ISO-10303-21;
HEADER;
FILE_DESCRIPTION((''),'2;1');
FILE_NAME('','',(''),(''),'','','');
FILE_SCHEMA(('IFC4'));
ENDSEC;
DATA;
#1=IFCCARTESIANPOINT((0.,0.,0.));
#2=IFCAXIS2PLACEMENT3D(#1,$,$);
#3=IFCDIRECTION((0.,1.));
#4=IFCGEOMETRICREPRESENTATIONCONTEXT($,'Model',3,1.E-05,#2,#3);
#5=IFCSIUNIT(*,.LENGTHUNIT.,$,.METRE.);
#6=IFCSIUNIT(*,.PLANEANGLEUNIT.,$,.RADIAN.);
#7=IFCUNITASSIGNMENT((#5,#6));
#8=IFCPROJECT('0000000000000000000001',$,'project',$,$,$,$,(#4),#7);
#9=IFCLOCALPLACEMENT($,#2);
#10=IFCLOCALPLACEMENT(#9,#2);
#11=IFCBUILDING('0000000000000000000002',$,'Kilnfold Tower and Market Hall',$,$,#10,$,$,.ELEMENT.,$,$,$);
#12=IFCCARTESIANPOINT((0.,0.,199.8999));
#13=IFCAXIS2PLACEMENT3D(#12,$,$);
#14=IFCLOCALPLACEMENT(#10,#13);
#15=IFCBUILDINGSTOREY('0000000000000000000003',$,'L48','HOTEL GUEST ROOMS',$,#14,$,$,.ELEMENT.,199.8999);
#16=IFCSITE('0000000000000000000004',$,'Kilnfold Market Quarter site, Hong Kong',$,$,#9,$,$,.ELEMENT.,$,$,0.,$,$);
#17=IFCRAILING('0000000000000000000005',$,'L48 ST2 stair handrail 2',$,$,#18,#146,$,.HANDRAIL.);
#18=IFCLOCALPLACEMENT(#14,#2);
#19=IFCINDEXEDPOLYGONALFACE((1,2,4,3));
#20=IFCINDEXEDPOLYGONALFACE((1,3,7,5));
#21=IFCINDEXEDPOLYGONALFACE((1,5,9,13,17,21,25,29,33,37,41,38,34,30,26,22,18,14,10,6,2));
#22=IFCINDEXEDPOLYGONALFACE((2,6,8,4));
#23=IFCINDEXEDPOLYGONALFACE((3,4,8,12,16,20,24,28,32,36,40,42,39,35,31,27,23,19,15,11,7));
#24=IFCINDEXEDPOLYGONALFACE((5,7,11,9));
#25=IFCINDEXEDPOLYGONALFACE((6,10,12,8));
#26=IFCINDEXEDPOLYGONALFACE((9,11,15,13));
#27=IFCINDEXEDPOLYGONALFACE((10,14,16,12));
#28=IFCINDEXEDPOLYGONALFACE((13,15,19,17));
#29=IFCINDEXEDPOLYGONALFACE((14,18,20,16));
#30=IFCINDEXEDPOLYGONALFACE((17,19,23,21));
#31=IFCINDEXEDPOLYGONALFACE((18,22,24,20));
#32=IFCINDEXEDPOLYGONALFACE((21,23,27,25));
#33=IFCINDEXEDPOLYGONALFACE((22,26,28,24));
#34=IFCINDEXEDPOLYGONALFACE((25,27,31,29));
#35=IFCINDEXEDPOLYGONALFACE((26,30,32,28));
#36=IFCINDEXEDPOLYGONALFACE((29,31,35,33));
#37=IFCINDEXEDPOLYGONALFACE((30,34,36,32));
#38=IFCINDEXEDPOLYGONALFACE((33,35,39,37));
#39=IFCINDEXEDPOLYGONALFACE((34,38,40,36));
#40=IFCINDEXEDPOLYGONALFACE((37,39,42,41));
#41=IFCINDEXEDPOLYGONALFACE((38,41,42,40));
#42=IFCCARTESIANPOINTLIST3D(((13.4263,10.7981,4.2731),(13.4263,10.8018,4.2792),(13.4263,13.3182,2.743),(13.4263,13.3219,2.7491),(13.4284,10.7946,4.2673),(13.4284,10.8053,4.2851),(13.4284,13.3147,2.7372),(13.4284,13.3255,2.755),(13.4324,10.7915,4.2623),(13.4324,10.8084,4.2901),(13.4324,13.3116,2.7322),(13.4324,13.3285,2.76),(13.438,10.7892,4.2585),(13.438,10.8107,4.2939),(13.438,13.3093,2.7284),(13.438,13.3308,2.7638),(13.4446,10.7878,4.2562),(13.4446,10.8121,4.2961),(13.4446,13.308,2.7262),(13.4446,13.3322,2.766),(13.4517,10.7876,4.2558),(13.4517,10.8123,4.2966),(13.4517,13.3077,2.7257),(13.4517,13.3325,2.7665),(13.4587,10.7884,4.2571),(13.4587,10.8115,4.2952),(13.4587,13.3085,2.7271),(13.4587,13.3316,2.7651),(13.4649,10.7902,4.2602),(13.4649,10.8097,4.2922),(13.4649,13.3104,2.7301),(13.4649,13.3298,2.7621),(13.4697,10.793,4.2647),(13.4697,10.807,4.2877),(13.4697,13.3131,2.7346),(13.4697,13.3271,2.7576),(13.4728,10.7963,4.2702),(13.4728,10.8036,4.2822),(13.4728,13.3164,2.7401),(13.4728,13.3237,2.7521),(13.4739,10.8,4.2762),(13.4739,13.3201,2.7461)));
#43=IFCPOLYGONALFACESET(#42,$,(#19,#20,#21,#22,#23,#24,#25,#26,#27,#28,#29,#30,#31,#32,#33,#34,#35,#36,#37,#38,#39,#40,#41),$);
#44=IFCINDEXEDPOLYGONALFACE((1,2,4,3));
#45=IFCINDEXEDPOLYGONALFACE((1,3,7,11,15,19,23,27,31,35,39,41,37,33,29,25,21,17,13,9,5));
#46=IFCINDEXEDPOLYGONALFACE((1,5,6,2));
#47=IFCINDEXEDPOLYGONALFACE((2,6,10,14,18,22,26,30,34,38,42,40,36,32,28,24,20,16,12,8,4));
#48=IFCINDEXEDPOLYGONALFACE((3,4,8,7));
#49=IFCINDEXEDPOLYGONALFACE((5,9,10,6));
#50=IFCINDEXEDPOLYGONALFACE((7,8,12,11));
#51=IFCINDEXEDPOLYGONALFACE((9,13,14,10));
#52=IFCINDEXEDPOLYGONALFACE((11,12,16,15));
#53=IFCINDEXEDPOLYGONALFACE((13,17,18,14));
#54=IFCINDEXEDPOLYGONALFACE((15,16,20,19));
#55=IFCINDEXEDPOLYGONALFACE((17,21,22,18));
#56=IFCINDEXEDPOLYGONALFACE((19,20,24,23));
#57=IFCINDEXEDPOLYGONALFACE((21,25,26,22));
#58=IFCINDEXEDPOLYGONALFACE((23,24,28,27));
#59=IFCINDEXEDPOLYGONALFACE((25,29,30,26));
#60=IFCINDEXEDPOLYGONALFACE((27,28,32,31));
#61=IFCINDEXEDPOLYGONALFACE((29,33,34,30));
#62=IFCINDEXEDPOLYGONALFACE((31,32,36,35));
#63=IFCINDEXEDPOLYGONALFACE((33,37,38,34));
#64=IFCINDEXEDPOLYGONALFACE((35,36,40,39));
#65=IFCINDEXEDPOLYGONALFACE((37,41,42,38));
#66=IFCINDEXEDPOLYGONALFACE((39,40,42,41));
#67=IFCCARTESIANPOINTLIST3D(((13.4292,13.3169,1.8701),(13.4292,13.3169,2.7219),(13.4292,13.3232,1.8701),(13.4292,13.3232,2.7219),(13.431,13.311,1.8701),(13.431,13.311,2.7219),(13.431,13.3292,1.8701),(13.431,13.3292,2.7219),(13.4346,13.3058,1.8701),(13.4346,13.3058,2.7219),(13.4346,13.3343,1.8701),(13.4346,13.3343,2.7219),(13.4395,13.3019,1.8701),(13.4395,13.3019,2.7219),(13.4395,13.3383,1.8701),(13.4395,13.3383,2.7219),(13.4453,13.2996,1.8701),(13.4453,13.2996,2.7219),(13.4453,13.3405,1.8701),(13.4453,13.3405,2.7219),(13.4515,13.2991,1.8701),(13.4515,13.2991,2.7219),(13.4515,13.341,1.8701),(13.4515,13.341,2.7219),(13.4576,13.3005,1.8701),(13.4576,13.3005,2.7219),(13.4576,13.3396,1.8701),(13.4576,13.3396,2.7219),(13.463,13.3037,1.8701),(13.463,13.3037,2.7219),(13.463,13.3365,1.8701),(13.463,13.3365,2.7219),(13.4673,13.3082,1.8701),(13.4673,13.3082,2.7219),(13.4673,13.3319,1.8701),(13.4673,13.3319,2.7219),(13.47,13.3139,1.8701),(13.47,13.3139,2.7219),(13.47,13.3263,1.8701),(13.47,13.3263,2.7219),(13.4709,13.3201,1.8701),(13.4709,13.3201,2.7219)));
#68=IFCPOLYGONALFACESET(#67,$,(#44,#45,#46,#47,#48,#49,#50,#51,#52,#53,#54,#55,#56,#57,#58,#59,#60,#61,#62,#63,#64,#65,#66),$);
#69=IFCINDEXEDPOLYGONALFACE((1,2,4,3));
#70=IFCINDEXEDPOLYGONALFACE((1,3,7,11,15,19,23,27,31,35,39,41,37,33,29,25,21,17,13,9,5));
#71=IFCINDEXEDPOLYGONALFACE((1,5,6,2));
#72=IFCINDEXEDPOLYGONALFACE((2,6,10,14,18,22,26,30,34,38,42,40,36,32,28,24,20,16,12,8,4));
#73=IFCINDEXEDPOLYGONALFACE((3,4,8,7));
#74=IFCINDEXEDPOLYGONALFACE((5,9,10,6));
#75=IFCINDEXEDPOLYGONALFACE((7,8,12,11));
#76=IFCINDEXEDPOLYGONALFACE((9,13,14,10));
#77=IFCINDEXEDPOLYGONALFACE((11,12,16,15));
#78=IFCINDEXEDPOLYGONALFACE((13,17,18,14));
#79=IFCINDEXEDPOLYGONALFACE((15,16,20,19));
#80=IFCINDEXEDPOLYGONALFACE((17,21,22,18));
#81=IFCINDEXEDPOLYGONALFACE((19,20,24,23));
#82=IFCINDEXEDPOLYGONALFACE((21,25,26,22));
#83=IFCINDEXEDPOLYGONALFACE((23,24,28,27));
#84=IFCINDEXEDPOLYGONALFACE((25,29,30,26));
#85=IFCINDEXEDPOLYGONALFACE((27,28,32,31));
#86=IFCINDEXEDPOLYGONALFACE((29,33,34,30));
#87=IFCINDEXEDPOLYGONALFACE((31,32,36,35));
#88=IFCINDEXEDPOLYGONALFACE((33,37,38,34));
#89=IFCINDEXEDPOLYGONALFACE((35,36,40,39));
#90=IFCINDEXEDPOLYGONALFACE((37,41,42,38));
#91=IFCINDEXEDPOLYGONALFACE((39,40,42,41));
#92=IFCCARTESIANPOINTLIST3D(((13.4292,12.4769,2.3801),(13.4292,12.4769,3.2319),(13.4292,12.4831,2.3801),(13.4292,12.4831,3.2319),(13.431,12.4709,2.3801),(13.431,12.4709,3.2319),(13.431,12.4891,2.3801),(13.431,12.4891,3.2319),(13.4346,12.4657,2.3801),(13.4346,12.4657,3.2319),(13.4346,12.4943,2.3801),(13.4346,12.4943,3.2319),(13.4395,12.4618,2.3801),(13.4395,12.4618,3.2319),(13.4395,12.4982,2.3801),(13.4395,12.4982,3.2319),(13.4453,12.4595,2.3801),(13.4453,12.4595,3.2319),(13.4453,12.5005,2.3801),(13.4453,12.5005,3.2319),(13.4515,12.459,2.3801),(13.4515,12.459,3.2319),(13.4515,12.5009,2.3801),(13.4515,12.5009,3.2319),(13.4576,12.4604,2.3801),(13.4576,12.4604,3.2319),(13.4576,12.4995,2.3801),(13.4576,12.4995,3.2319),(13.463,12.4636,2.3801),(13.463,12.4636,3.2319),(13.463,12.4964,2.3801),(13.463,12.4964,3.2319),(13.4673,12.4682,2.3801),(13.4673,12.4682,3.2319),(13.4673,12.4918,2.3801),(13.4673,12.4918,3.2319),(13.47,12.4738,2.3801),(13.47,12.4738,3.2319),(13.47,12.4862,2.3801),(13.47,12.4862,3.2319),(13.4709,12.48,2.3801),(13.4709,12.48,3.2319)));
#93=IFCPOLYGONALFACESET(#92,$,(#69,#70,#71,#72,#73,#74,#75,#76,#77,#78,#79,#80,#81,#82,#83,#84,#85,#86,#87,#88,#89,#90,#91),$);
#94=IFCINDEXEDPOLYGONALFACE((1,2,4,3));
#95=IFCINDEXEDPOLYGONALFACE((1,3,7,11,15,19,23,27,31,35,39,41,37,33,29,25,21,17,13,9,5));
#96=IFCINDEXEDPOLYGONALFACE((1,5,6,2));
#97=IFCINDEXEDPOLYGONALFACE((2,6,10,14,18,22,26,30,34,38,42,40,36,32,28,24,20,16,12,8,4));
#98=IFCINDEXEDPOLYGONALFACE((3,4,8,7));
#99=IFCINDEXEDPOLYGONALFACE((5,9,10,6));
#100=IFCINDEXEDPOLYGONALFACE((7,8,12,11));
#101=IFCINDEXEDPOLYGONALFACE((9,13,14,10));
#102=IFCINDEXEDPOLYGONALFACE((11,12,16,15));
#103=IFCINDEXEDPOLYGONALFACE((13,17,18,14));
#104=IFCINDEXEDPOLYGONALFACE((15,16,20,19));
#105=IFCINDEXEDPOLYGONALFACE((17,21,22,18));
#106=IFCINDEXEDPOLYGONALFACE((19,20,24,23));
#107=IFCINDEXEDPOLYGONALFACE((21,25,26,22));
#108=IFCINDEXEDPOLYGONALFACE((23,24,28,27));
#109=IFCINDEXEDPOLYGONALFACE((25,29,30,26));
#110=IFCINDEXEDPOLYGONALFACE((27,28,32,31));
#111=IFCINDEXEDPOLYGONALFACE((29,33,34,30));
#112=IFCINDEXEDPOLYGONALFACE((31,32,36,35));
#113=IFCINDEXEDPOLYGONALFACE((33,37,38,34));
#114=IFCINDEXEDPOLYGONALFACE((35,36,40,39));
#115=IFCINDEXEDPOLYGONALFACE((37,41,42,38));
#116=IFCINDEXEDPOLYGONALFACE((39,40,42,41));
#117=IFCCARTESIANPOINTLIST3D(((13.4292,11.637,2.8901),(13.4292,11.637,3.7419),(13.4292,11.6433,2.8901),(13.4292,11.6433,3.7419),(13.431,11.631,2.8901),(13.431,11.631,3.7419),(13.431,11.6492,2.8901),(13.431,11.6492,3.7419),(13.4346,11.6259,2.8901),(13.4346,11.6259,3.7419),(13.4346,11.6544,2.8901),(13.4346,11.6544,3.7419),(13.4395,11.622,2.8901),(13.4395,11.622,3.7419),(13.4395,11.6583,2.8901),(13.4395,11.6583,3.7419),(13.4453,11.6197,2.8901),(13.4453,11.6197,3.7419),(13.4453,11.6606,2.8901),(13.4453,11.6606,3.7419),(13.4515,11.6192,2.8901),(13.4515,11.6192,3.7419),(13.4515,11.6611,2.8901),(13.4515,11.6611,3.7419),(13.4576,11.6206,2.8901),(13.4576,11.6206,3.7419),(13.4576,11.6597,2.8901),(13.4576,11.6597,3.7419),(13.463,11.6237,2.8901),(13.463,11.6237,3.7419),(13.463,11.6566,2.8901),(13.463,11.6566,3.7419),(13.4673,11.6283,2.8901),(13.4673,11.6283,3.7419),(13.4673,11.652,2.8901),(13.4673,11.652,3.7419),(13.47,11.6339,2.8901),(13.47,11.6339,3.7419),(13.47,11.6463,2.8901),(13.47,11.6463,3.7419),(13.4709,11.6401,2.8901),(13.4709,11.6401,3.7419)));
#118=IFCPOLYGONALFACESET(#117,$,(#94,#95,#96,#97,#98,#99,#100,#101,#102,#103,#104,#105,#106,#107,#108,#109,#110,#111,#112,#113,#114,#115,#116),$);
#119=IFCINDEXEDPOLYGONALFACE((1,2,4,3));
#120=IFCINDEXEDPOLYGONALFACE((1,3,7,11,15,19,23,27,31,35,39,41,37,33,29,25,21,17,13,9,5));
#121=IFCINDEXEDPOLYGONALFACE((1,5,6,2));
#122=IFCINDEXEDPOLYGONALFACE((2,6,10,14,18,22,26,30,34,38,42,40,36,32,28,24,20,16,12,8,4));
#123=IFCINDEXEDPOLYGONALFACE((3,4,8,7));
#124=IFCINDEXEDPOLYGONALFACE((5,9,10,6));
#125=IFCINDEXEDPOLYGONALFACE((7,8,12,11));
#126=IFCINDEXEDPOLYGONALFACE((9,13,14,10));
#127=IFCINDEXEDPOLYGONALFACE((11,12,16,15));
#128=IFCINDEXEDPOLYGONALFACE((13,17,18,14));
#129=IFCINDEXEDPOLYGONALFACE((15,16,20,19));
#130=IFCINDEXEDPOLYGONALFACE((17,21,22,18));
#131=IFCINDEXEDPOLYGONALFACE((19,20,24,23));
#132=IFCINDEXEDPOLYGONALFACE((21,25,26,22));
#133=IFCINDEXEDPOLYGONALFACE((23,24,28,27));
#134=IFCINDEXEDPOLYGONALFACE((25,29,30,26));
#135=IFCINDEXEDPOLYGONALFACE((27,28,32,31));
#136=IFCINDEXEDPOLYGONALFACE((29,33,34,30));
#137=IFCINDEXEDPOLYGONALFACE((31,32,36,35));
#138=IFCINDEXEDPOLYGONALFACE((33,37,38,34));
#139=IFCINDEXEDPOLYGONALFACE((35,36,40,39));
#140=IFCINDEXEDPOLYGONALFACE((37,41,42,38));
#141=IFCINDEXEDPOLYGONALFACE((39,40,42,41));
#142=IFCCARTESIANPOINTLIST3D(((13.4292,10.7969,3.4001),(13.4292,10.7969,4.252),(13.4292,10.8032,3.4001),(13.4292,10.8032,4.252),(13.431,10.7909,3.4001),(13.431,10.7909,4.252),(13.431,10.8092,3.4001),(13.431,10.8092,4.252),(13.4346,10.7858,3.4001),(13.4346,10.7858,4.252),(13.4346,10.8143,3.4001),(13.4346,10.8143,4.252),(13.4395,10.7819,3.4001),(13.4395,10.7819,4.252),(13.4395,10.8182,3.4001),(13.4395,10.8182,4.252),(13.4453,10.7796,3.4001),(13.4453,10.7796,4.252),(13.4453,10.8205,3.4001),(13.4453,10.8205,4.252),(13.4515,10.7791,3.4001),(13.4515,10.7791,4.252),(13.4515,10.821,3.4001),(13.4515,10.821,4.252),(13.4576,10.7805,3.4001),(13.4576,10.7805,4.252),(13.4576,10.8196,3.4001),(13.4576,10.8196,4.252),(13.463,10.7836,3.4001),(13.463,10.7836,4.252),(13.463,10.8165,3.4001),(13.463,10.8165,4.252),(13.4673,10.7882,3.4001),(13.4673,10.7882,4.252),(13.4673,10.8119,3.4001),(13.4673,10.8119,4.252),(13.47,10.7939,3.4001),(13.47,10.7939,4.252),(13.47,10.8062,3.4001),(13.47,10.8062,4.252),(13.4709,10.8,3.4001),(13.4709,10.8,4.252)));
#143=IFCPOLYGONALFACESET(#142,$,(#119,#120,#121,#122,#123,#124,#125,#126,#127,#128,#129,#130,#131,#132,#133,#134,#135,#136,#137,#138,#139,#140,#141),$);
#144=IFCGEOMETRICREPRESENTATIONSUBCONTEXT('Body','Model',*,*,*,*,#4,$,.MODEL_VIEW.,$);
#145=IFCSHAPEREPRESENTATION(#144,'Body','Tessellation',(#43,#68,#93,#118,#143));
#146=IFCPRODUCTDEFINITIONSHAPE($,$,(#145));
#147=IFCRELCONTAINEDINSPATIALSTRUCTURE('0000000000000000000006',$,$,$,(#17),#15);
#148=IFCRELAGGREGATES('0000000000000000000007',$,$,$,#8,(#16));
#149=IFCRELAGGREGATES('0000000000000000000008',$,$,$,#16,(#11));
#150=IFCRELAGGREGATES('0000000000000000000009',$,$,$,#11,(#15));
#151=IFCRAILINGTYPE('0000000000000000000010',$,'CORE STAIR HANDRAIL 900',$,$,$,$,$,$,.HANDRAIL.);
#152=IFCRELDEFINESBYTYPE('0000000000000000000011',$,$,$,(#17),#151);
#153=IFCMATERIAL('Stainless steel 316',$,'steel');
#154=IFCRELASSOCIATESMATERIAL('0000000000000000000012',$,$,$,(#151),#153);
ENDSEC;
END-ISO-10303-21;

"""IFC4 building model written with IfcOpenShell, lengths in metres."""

from ifc_helpers import new_model, si_unit, direction, frame, origin, origin_2d, place, context, subcontext, project, spatial, circle, extrude, material, type_object, element, save


model = new_model("IFC4")

# Units and contexts
model_context = context("Model", 3, precision=1e-05, world=origin(), true_north=direction((0.0, 1.0)))
body_context = subcontext(model_context, "Body", "Model", "MODEL_VIEW")
ifc_project = project(units=[si_unit("LENGTHUNIT", "METRE"), si_unit("PLANEANGLEUNIT", "RADIAN")], contexts=[model_context])

# Site, building, storey
site_placement = place(None, origin())
site = spatial("IfcSite", under=ifc_project, at=site_placement, Name="Kilnfold Market Quarter site, Hong Kong", CompositionType="ELEMENT", RefElevation=0.0)
building_placement = place(site_placement, origin())
building = spatial("IfcBuilding", under=site, at=building_placement, Name="Kilnfold Tower and Market Hall", CompositionType="ELEMENT")
storey_placement = place(building_placement, frame((0.0, 0.0, 199.8999)))
storey = spatial("IfcBuildingStorey", under=building, at=storey_placement, Name="L48", Description="HOTEL GUEST ROOMS", CompositionType="ELEMENT", Elevation=199.8999)

# Railing
ifc_material_1 = material(Name="Stainless steel 316", Category="steel")
railing_type_1 = type_object("IfcRailingType", Name="CORE STAIR HANDRAIL 900", PredefinedType="HANDRAIL", material=ifc_material_1)
railing_1_placement = place(storey_placement, frame((13.45, 13.3201, 1.8701)))
element("IfcRailing", 1, at=railing_1_placement, inside=storey, type_object=railing_type_1, Name="L48 ST2 stair handrail 2", PredefinedType="HANDRAIL", context=body_context, shape_type="SweptSolid", body=[
    extrude(circle(Radius=0.0239, at=origin_2d()), frame((0.0, 0.0, 0.876), z_axis=(0.0, -0.854785, 0.518982), x_axis=(1.0, 0.0, 0.0)), (0.0, 0.0, 1.0), 2.9482),
    extrude(circle(Radius=0.021, at=origin_2d()), origin(), (0.0, 0.0, 1.0), 0.8518),
    extrude(circle(Radius=0.021, at=origin_2d()), frame((0.0, -0.8401, 0.51)), (0.0, 0.0, 1.0), 0.8518),
    extrude(circle(Radius=0.021, at=origin_2d()), frame((0.0, -1.6799, 1.02)), (0.0, 0.0, 1.0), 0.8518),
    extrude(circle(Radius=0.021, at=origin_2d()), frame((0.0, -2.52, 1.53)), (0.0, 0.0, 1.0), 0.8518),
])

save(model, "model.ifc")
